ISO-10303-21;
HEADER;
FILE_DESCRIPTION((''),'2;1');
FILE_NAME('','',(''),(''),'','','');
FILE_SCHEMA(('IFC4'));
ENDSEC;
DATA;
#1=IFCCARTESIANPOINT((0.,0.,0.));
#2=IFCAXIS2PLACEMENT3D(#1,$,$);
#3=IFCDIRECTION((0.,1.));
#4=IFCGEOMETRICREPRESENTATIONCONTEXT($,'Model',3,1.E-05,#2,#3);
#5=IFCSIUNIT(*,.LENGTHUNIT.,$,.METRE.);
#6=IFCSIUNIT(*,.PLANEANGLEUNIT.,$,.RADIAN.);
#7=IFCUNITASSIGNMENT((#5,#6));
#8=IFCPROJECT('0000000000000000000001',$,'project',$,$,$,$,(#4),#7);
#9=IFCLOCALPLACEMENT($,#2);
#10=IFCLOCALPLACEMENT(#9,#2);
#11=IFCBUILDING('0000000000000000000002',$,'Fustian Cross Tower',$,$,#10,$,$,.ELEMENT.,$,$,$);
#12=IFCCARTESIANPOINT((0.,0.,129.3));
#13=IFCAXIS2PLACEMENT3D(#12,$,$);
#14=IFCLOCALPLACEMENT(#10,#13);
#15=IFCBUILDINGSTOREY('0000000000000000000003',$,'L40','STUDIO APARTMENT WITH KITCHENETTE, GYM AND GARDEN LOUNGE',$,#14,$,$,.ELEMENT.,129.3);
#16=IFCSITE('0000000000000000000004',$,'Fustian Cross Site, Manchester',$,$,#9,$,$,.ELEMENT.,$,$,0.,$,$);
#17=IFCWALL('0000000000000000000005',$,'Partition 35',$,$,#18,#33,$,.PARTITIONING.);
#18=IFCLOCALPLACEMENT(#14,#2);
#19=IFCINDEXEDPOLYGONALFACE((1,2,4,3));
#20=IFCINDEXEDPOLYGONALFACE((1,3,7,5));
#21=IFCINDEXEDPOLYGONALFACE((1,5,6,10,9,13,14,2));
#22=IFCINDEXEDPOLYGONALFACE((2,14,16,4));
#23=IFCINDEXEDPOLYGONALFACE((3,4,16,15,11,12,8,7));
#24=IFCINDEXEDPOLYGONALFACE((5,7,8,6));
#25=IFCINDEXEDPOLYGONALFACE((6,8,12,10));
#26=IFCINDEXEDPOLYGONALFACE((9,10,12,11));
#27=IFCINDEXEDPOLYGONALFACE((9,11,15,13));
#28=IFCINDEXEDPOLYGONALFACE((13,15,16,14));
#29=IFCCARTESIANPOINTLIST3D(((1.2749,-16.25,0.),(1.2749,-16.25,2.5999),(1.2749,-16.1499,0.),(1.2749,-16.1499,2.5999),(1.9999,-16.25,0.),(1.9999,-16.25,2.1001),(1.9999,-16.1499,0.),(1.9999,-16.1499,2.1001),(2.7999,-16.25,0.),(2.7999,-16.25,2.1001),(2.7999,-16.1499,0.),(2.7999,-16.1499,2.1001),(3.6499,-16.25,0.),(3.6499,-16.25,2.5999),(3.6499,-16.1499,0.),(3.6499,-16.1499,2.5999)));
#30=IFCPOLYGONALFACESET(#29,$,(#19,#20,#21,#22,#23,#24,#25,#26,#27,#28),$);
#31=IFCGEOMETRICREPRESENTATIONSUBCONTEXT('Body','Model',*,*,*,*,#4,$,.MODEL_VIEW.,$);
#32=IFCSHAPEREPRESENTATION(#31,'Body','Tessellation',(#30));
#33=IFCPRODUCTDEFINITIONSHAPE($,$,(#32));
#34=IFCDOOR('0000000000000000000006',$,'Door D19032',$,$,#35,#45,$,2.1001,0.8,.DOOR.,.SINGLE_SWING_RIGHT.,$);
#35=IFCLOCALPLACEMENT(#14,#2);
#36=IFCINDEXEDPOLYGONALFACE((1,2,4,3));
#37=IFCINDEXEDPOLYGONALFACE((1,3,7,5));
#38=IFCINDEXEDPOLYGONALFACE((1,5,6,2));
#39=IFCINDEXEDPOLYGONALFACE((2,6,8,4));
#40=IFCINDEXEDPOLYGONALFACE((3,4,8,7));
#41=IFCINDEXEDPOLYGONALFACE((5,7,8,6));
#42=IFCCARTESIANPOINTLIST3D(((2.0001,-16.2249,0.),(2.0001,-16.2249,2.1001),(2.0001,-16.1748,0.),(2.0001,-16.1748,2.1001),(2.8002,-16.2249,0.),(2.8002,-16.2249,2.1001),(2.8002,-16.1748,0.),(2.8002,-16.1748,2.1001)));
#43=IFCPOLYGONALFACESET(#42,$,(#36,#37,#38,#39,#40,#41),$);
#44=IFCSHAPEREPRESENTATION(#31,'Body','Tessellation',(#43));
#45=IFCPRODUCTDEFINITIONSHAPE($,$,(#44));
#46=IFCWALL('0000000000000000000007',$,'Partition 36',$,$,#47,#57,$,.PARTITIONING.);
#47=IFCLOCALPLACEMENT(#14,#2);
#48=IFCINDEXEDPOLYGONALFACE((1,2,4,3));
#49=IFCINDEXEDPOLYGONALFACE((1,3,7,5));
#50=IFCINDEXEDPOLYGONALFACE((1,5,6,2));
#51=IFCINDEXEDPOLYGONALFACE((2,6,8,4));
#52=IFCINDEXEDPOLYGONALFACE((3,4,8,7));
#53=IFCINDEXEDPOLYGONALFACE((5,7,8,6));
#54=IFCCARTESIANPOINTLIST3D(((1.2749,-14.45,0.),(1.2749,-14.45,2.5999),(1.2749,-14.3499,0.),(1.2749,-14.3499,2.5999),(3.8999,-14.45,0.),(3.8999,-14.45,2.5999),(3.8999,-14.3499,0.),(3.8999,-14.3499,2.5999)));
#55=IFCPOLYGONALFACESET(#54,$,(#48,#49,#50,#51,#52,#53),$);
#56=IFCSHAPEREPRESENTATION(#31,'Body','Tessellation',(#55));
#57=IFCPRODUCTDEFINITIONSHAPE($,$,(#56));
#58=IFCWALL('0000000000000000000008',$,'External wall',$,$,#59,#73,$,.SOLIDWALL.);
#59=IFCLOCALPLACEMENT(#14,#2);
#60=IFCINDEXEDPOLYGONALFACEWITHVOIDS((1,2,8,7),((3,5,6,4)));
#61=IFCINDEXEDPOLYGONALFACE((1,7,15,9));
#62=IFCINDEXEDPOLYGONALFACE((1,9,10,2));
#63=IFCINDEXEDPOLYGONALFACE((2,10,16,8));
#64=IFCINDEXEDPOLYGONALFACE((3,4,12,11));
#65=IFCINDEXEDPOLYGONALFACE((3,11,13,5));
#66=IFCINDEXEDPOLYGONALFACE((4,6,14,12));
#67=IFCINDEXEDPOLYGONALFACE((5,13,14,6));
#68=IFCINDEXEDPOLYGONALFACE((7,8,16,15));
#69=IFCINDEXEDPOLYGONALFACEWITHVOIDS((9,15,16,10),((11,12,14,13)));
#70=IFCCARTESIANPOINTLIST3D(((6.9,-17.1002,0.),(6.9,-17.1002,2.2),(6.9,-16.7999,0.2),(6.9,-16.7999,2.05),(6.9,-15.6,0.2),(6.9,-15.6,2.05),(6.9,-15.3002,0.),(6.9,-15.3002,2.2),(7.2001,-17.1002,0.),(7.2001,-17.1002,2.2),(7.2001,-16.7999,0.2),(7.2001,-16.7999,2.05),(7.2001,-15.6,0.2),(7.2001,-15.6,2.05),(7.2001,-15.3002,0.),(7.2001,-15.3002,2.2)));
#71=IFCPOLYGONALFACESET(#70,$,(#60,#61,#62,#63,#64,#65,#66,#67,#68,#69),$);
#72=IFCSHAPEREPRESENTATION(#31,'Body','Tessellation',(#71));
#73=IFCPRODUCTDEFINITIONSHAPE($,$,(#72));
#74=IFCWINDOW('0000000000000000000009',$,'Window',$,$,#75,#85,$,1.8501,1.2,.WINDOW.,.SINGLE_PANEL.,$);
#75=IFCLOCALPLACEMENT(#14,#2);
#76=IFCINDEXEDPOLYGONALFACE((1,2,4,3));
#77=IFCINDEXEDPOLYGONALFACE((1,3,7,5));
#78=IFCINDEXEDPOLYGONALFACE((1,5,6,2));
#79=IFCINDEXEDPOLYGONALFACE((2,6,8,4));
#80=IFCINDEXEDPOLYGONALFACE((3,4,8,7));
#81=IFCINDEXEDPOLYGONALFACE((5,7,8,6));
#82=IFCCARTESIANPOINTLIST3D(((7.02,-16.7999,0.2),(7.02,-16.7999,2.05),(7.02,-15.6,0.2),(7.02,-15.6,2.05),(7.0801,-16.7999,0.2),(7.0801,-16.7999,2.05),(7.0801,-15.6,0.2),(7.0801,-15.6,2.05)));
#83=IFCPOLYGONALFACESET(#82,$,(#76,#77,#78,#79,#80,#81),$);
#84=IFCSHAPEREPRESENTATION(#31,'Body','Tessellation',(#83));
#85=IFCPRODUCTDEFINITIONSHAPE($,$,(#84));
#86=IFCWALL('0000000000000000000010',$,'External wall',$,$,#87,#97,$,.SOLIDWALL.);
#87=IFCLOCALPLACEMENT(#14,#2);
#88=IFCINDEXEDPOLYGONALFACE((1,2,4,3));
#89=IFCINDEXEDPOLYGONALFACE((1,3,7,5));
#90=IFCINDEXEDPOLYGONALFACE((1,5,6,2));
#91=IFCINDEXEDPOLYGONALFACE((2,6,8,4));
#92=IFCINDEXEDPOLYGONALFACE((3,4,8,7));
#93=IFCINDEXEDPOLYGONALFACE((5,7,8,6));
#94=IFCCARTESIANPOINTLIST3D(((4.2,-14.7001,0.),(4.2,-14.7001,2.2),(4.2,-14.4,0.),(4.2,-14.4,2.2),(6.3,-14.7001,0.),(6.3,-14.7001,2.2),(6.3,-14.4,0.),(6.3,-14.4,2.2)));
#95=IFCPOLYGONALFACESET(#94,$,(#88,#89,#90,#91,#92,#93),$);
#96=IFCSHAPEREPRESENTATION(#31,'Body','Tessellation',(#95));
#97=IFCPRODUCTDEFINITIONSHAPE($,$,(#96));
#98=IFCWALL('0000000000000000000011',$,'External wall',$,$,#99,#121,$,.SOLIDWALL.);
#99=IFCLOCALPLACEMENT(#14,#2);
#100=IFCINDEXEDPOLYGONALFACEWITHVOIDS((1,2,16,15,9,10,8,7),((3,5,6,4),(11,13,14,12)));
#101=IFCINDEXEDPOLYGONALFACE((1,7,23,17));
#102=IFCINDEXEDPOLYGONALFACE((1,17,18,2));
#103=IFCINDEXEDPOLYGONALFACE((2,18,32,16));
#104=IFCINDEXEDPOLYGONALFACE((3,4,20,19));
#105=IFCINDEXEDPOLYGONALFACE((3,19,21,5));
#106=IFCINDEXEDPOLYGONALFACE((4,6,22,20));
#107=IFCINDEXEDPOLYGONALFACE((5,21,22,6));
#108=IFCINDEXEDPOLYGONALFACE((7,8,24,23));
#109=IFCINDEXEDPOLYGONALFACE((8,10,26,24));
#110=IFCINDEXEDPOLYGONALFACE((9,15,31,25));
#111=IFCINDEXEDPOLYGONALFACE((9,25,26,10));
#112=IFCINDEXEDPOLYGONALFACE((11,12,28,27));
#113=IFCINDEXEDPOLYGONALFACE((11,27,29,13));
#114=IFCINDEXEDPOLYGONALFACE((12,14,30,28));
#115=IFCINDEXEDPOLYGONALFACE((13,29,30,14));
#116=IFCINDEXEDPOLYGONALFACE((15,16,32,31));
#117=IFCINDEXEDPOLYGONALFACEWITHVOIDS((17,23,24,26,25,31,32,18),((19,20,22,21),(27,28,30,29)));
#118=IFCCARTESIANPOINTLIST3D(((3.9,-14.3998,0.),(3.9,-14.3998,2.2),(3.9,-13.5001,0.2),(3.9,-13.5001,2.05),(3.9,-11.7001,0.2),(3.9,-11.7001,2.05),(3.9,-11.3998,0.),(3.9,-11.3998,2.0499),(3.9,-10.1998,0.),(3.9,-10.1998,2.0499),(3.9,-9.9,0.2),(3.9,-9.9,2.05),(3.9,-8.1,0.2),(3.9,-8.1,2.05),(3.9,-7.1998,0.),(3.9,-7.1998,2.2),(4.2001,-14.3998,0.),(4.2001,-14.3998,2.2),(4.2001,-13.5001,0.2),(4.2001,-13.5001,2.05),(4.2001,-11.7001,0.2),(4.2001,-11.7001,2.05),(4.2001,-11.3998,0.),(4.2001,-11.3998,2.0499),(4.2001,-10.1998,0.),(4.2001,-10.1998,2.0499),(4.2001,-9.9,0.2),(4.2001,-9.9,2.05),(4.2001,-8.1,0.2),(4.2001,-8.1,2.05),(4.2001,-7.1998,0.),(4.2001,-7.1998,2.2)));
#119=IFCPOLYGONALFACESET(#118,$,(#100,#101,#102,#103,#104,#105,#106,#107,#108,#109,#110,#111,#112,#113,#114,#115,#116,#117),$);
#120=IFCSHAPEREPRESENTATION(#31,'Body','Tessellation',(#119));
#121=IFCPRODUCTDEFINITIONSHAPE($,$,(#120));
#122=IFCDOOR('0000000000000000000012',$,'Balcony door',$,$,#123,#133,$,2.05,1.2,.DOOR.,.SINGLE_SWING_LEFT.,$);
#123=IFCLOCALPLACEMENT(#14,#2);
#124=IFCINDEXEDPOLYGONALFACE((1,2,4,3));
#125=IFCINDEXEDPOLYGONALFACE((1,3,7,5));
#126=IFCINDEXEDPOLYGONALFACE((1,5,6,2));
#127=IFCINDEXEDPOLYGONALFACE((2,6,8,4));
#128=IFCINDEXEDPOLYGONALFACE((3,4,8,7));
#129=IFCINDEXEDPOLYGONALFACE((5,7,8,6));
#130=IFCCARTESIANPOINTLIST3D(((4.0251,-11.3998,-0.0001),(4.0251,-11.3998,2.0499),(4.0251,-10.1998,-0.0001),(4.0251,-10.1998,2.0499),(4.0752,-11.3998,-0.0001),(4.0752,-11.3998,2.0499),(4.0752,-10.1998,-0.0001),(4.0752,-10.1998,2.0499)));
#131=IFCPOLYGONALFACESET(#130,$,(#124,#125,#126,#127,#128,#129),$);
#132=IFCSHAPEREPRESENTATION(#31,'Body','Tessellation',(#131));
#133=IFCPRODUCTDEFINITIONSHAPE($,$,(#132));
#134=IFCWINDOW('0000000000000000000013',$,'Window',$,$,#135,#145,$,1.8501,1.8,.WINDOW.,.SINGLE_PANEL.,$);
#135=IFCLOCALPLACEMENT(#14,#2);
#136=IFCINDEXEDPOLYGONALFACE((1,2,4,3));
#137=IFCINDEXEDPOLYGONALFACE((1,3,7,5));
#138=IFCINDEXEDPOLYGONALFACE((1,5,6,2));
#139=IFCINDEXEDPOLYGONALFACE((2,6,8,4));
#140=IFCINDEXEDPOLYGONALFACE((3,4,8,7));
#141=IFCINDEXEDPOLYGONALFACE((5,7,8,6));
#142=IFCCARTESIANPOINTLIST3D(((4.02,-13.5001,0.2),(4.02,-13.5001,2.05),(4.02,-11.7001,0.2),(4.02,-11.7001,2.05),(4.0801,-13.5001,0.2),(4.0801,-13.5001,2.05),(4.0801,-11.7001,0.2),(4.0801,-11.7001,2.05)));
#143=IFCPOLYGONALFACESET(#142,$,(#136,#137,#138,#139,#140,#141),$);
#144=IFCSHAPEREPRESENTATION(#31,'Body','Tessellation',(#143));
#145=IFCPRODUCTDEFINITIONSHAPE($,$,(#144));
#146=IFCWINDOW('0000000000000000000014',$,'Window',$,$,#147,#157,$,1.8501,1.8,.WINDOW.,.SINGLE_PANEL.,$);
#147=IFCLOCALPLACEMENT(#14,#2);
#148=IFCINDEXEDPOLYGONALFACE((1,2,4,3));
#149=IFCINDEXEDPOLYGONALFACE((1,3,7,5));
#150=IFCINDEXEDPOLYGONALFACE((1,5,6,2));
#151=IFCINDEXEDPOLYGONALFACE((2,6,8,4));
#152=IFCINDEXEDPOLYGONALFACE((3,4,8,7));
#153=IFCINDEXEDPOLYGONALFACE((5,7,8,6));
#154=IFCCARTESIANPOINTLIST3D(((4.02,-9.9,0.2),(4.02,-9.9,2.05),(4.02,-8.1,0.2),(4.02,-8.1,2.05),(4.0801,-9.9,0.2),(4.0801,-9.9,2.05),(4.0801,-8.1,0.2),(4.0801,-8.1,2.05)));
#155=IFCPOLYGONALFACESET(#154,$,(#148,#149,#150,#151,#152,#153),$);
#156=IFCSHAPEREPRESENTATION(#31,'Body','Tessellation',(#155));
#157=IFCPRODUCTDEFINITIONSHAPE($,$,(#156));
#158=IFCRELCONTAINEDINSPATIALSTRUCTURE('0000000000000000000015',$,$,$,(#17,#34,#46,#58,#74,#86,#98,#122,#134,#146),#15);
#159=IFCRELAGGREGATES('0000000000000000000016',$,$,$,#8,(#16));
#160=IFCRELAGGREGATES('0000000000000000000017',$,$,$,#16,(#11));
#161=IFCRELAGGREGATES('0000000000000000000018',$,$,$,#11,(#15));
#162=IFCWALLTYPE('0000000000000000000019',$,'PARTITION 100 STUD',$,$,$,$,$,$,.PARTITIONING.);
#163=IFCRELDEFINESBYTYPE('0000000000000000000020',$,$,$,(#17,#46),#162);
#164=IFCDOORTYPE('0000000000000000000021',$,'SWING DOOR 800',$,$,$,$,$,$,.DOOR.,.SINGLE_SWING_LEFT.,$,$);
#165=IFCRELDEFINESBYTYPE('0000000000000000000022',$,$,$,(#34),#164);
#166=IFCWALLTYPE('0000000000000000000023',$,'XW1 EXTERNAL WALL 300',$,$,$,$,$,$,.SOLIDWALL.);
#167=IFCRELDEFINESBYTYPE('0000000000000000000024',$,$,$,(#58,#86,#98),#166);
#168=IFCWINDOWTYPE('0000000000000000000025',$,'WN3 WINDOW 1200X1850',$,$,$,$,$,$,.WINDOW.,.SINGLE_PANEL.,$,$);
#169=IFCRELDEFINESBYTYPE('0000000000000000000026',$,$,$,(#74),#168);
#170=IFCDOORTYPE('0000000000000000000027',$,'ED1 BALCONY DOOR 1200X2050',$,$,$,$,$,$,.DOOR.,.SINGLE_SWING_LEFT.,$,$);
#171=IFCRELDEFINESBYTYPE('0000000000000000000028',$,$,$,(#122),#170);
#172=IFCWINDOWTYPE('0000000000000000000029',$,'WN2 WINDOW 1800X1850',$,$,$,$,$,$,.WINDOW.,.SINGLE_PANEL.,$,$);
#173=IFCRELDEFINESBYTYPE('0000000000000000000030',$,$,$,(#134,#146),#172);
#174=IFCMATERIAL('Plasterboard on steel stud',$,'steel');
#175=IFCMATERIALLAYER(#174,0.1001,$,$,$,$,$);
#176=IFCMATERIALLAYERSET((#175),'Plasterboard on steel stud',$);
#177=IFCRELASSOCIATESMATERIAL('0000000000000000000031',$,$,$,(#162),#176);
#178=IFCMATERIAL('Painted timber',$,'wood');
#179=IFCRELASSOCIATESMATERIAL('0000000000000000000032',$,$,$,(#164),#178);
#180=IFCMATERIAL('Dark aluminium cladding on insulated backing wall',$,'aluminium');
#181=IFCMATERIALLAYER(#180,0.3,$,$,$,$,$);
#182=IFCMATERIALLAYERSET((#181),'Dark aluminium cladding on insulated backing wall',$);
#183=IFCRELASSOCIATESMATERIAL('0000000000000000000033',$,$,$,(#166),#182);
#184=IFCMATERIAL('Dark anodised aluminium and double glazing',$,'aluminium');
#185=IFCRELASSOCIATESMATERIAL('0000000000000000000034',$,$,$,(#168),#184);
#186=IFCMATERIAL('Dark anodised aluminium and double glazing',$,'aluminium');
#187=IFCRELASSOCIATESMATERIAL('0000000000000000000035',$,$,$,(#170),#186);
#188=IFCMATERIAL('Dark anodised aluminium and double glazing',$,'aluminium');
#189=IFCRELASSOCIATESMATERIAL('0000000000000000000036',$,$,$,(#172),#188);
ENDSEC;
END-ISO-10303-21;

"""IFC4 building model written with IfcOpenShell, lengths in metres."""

from ifc_helpers import new_model, si_unit, direction, frame, frame_2d, origin, place, context, subcontext, project, spatial, rectangle, extrude, material, layer, layer_set, type_object, element, fill, save


model = new_model("IFC4")

# Units and contexts
model_context = context("Model", 3, precision=1e-05, world=origin(), true_north=direction((0.0, 1.0)))
body_context = subcontext(model_context, "Body", "Model", "MODEL_VIEW")
ifc_project = project(units=[si_unit("LENGTHUNIT", "METRE"), si_unit("PLANEANGLEUNIT", "RADIAN")], contexts=[model_context])

# Site, building, storey
site_placement = place(None, origin())
site = spatial("IfcSite", under=ifc_project, at=site_placement, Name="Fustian Cross Site, Manchester", CompositionType="ELEMENT", RefElevation=0.0)
building_placement = place(site_placement, origin())
building = spatial("IfcBuilding", under=site, at=building_placement, Name="Fustian Cross Tower", CompositionType="ELEMENT")
storey_placement = place(building_placement, frame((0.0, 0.0, 129.3)))
storey = spatial("IfcBuildingStorey", under=building, at=storey_placement, Name="L40", Description="STUDIO APARTMENT WITH KITCHENETTE, GYM AND GARDEN LOUNGE", CompositionType="ELEMENT", Elevation=129.3)

# Wall, opening, door
ifc_material_1 = material(Name="Plasterboard on steel stud", Category="steel")
ifc_layer_1 = layer(ifc_material_1, 0.1001)
ifc_layer_set_1 = layer_set([ifc_layer_1], Name="Plasterboard on steel stud")
wall_type_1 = type_object("IfcWallType", Name="PARTITION 100 STUD", PredefinedType="PARTITIONING", material=ifc_layer_set_1)
wall_1_placement = place(storey_placement, frame((1.2749, -16.2, 0.0), z_axis=(0.0, 0.0, 1.0), x_axis=(1.0, 0.0, 0.0)))
wall_1 = element("IfcWall", 1, at=wall_1_placement, inside=storey, type_object=wall_type_1, Name="Partition 35", PredefinedType="PARTITIONING", context=body_context, shape_type="SweptSolid", body=[
    extrude(rectangle(XDim=2.375, YDim=0.1001, at=frame_2d((1.1875, 0.0))), origin(), (0.0, 0.0, 1.0), 2.5999),
])
opening_1_placement = place(wall_1_placement, frame((0.7251, 0.0, 0.0)))
opening_1 = element("IfcOpeningElement", 2, at=opening_1_placement, cuts=wall_1, PredefinedType="OPENING", context=body_context, shape_type="SweptSolid", body=[
    extrude(rectangle(XDim=0.8, YDim=2.1001, at=frame_2d((0.3999, 1.05))), frame((0.0, 0.0601, 0.0), z_axis=(0.0, -1.0, 0.0), x_axis=(1.0, 0.0, 0.0)), (0.0, 0.0, 1.0), 0.1201),
])
ifc_material_2 = material(Name="Painted timber", Category="wood")
door_type_1 = type_object("IfcDoorType", Name="SWING DOOR 800", OperationType="SINGLE_SWING_LEFT", PredefinedType="DOOR", material=ifc_material_2)
door_1_placement = place(opening_1_placement, frame((0.8, 0.0, 0.0), z_axis=(0.0, 0.0, 1.0), x_axis=(-1.0, 0.0, 0.0)))
door_1 = element("IfcDoor", 3, at=door_1_placement, inside=storey, type_object=door_type_1, Name="Door D19032", OperationType="SINGLE_SWING_RIGHT", OverallHeight=2.1001, OverallWidth=0.8, PredefinedType="DOOR", context=body_context, shape_type="SweptSolid", body=[
    extrude(rectangle(XDim=0.8, YDim=2.1001, at=frame_2d((0.3999, 1.05))), frame((0.0, 0.0249, 0.0), z_axis=(0.0, -1.0, 0.0), x_axis=(1.0, 0.0, 0.0)), (0.0, 0.0, 1.0), 0.05),
])
fill(opening_1, door_1)

# Wall
wall_2_placement = place(storey_placement, frame((1.2749, -14.3999, 0.0), z_axis=(0.0, 0.0, 1.0), x_axis=(1.0, 0.0, 0.0)))
element("IfcWall", 4, at=wall_2_placement, inside=storey, type_object=wall_type_1, Name="Partition 36", PredefinedType="PARTITIONING", context=body_context, shape_type="SweptSolid", body=[
    extrude(rectangle(XDim=2.625, YDim=0.1001, at=frame_2d((1.3125, 0.0))), origin(), (0.0, 0.0, 1.0), 2.5999),
])

# Wall, opening, window
ifc_material_3 = material(Name="Dark aluminium cladding on insulated backing wall", Category="aluminium")
ifc_layer_2 = layer(ifc_material_3, 0.3)
ifc_layer_set_2 = layer_set([ifc_layer_2], Name="Dark aluminium cladding on insulated backing wall")
wall_type_2 = type_object("IfcWallType", Name="XW1 EXTERNAL WALL 300", PredefinedType="SOLIDWALL", material=ifc_layer_set_2)
wall_3_placement = place(storey_placement, frame((7.05, -17.1001, 0.0), z_axis=(0.0, 0.0, 1.0), x_axis=(0.0, 1.0, 0.0)))
wall_3 = element("IfcWall", 5, at=wall_3_placement, inside=storey, type_object=wall_type_2, Name="External wall", PredefinedType="SOLIDWALL", context=body_context, shape_type="SweptSolid", body=[
    extrude(rectangle(XDim=1.8, YDim=0.3, at=frame_2d((0.8999, 0.0))), origin(), (0.0, 0.0, 1.0), 2.2),
])
opening_2_placement = place(wall_3_placement, frame((0.3, 0.0, 0.2)))
opening_2 = element("IfcOpeningElement", 6, at=opening_2_placement, cuts=wall_3, PredefinedType="OPENING", context=body_context, shape_type="SweptSolid", body=[
    extrude(rectangle(XDim=1.2, YDim=1.8501, at=frame_2d((0.6001, 0.925))), frame((0.0, 0.1599, 0.0), z_axis=(0.0, -1.0, 0.0), x_axis=(1.0, 0.0, 0.0)), (0.0, 0.0, 1.0), 0.3201),
])
ifc_material_4 = material(Name="Dark anodised aluminium and double glazing", Category="aluminium")
window_type_1 = type_object("IfcWindowType", Name="WN3 WINDOW 1200X1850", PartitioningType="SINGLE_PANEL", PredefinedType="WINDOW", material=ifc_material_4)
window_1_placement = place(opening_2_placement, origin())
window_1 = element("IfcWindow", 7, at=window_1_placement, inside=storey, type_object=window_type_1, Name="Window", OverallHeight=1.8501, OverallWidth=1.2, PartitioningType="SINGLE_PANEL", PredefinedType="WINDOW", context=body_context, shape_type="SweptSolid", body=[
    extrude(rectangle(XDim=1.2, YDim=1.8501, at=frame_2d((0.6001, 0.925))), frame((0.0, 0.03, 0.0), z_axis=(0.0, -1.0, 0.0), x_axis=(1.0, 0.0, 0.0)), (0.0, 0.0, 1.0), 0.0601),
])
fill(opening_2, window_1)

# Wall
wall_4_placement = place(storey_placement, frame((6.3, -14.55, 0.0), z_axis=(0.0, 0.0, 1.0), x_axis=(-1.0, 0.0, 0.0)))
element("IfcWall", 8, at=wall_4_placement, inside=storey, type_object=wall_type_2, Name="External wall", PredefinedType="SOLIDWALL", context=body_context, shape_type="SweptSolid", body=[
    extrude(rectangle(XDim=2.1001, YDim=0.3, at=frame_2d((1.05, 0.0))), origin(), (0.0, 0.0, 1.0), 2.2),
])

# Wall, openings, door, windows
wall_5_placement = place(storey_placement, frame((4.05, -14.3999, 0.0), z_axis=(0.0, 0.0, 1.0), x_axis=(0.0, 1.0, 0.0)))
wall_5 = element("IfcWall", 9, at=wall_5_placement, inside=storey, type_object=wall_type_2, Name="External wall", PredefinedType="SOLIDWALL", context=body_context, shape_type="SweptSolid", body=[
    extrude(rectangle(XDim=7.2, YDim=0.3, at=frame_2d((3.6001, 0.0))), origin(), (0.0, 0.0, 1.0), 2.2),
])
opening_3_placement = place(wall_5_placement, frame((3.0, 0.0, 0.0)))
opening_3 = element("IfcOpeningElement", 10, at=opening_3_placement, cuts=wall_5, PredefinedType="OPENING", context=body_context, shape_type="SweptSolid", body=[
    extrude(rectangle(XDim=1.2, YDim=2.05, at=frame_2d((0.6001, 1.0249))), frame((0.0, 0.1599, 0.0), z_axis=(0.0, -1.0, 0.0), x_axis=(1.0, 0.0, 0.0)), (0.0, 0.0, 1.0), 0.3201),
])
opening_4_placement = place(wall_5_placement, frame((0.8999, 0.0, 0.2)))
opening_4 = element("IfcOpeningElement", 11, at=opening_4_placement, cuts=wall_5, PredefinedType="OPENING", context=body_context, shape_type="SweptSolid", body=[
    extrude(rectangle(XDim=1.8, YDim=1.8501, at=frame_2d((0.8999, 0.925))), frame((0.0, 0.1599, 0.0), z_axis=(0.0, -1.0, 0.0), x_axis=(1.0, 0.0, 0.0)), (0.0, 0.0, 1.0), 0.3201),
])
opening_5_placement = place(wall_5_placement, frame((4.5, 0.0, 0.2)))
opening_5 = element("IfcOpeningElement", 12, at=opening_5_placement, cuts=wall_5, PredefinedType="OPENING", context=body_context, shape_type="SweptSolid", body=[
    extrude(rectangle(XDim=1.8, YDim=1.8501, at=frame_2d((0.8999, 0.925))), frame((0.0, 0.1599, 0.0), z_axis=(0.0, -1.0, 0.0), x_axis=(1.0, 0.0, 0.0)), (0.0, 0.0, 1.0), 0.3201),
])
ifc_material_5 = material(Name="Dark anodised aluminium and double glazing", Category="aluminium")
door_type_2 = type_object("IfcDoorType", Name="ED1 BALCONY DOOR 1200X2050", OperationType="SINGLE_SWING_LEFT", PredefinedType="DOOR", material=ifc_material_5)
door_2_placement = place(opening_3_placement, origin())
door_2 = element("IfcDoor", 13, at=door_2_placement, inside=storey, type_object=door_type_2, Name="Balcony door", OperationType="SINGLE_SWING_LEFT", OverallHeight=2.05, OverallWidth=1.2, PredefinedType="DOOR", context=body_context, shape_type="SweptSolid", body=[
    extrude(rectangle(XDim=1.2, YDim=2.05, at=frame_2d((0.6001, 1.0249))), frame((0.0, 0.0249, 0.0), z_axis=(0.0, -1.0, 0.0), x_axis=(1.0, 0.0, 0.0)), (0.0, 0.0, 1.0), 0.05),
])
fill(opening_3, door_2)
ifc_material_6 = material(Name="Dark anodised aluminium and double glazing", Category="aluminium")
window_type_2 = type_object("IfcWindowType", Name="WN2 WINDOW 1800X1850", PartitioningType="SINGLE_PANEL", PredefinedType="WINDOW", material=ifc_material_6)
window_2_placement = place(opening_4_placement, origin())
window_2 = element("IfcWindow", 14, at=window_2_placement, inside=storey, type_object=window_type_2, Name="Window", OverallHeight=1.8501, OverallWidth=1.8, PartitioningType="SINGLE_PANEL", PredefinedType="WINDOW", context=body_context, shape_type="SweptSolid", body=[
    extrude(rectangle(XDim=1.8, YDim=1.8501, at=frame_2d((0.8999, 0.925))), frame((0.0, 0.03, 0.0), z_axis=(0.0, -1.0, 0.0), x_axis=(1.0, 0.0, 0.0)), (0.0, 0.0, 1.0), 0.0601),
])
fill(opening_4, window_2)
window_3_placement = place(opening_5_placement, origin())
window_3 = element("IfcWindow", 15, at=window_3_placement, inside=storey, type_object=window_type_2, Name="Window", OverallHeight=1.8501, OverallWidth=1.8, PartitioningType="SINGLE_PANEL", PredefinedType="WINDOW", context=body_context, shape_type="SweptSolid", body=[
    extrude(rectangle(XDim=1.8, YDim=1.8501, at=frame_2d((0.8999, 0.925))), frame((0.0, 0.03, 0.0), z_axis=(0.0, -1.0, 0.0), x_axis=(1.0, 0.0, 0.0)), (0.0, 0.0, 1.0), 0.0601),
])
fill(opening_5, window_3)

save(model, "model.ifc")
